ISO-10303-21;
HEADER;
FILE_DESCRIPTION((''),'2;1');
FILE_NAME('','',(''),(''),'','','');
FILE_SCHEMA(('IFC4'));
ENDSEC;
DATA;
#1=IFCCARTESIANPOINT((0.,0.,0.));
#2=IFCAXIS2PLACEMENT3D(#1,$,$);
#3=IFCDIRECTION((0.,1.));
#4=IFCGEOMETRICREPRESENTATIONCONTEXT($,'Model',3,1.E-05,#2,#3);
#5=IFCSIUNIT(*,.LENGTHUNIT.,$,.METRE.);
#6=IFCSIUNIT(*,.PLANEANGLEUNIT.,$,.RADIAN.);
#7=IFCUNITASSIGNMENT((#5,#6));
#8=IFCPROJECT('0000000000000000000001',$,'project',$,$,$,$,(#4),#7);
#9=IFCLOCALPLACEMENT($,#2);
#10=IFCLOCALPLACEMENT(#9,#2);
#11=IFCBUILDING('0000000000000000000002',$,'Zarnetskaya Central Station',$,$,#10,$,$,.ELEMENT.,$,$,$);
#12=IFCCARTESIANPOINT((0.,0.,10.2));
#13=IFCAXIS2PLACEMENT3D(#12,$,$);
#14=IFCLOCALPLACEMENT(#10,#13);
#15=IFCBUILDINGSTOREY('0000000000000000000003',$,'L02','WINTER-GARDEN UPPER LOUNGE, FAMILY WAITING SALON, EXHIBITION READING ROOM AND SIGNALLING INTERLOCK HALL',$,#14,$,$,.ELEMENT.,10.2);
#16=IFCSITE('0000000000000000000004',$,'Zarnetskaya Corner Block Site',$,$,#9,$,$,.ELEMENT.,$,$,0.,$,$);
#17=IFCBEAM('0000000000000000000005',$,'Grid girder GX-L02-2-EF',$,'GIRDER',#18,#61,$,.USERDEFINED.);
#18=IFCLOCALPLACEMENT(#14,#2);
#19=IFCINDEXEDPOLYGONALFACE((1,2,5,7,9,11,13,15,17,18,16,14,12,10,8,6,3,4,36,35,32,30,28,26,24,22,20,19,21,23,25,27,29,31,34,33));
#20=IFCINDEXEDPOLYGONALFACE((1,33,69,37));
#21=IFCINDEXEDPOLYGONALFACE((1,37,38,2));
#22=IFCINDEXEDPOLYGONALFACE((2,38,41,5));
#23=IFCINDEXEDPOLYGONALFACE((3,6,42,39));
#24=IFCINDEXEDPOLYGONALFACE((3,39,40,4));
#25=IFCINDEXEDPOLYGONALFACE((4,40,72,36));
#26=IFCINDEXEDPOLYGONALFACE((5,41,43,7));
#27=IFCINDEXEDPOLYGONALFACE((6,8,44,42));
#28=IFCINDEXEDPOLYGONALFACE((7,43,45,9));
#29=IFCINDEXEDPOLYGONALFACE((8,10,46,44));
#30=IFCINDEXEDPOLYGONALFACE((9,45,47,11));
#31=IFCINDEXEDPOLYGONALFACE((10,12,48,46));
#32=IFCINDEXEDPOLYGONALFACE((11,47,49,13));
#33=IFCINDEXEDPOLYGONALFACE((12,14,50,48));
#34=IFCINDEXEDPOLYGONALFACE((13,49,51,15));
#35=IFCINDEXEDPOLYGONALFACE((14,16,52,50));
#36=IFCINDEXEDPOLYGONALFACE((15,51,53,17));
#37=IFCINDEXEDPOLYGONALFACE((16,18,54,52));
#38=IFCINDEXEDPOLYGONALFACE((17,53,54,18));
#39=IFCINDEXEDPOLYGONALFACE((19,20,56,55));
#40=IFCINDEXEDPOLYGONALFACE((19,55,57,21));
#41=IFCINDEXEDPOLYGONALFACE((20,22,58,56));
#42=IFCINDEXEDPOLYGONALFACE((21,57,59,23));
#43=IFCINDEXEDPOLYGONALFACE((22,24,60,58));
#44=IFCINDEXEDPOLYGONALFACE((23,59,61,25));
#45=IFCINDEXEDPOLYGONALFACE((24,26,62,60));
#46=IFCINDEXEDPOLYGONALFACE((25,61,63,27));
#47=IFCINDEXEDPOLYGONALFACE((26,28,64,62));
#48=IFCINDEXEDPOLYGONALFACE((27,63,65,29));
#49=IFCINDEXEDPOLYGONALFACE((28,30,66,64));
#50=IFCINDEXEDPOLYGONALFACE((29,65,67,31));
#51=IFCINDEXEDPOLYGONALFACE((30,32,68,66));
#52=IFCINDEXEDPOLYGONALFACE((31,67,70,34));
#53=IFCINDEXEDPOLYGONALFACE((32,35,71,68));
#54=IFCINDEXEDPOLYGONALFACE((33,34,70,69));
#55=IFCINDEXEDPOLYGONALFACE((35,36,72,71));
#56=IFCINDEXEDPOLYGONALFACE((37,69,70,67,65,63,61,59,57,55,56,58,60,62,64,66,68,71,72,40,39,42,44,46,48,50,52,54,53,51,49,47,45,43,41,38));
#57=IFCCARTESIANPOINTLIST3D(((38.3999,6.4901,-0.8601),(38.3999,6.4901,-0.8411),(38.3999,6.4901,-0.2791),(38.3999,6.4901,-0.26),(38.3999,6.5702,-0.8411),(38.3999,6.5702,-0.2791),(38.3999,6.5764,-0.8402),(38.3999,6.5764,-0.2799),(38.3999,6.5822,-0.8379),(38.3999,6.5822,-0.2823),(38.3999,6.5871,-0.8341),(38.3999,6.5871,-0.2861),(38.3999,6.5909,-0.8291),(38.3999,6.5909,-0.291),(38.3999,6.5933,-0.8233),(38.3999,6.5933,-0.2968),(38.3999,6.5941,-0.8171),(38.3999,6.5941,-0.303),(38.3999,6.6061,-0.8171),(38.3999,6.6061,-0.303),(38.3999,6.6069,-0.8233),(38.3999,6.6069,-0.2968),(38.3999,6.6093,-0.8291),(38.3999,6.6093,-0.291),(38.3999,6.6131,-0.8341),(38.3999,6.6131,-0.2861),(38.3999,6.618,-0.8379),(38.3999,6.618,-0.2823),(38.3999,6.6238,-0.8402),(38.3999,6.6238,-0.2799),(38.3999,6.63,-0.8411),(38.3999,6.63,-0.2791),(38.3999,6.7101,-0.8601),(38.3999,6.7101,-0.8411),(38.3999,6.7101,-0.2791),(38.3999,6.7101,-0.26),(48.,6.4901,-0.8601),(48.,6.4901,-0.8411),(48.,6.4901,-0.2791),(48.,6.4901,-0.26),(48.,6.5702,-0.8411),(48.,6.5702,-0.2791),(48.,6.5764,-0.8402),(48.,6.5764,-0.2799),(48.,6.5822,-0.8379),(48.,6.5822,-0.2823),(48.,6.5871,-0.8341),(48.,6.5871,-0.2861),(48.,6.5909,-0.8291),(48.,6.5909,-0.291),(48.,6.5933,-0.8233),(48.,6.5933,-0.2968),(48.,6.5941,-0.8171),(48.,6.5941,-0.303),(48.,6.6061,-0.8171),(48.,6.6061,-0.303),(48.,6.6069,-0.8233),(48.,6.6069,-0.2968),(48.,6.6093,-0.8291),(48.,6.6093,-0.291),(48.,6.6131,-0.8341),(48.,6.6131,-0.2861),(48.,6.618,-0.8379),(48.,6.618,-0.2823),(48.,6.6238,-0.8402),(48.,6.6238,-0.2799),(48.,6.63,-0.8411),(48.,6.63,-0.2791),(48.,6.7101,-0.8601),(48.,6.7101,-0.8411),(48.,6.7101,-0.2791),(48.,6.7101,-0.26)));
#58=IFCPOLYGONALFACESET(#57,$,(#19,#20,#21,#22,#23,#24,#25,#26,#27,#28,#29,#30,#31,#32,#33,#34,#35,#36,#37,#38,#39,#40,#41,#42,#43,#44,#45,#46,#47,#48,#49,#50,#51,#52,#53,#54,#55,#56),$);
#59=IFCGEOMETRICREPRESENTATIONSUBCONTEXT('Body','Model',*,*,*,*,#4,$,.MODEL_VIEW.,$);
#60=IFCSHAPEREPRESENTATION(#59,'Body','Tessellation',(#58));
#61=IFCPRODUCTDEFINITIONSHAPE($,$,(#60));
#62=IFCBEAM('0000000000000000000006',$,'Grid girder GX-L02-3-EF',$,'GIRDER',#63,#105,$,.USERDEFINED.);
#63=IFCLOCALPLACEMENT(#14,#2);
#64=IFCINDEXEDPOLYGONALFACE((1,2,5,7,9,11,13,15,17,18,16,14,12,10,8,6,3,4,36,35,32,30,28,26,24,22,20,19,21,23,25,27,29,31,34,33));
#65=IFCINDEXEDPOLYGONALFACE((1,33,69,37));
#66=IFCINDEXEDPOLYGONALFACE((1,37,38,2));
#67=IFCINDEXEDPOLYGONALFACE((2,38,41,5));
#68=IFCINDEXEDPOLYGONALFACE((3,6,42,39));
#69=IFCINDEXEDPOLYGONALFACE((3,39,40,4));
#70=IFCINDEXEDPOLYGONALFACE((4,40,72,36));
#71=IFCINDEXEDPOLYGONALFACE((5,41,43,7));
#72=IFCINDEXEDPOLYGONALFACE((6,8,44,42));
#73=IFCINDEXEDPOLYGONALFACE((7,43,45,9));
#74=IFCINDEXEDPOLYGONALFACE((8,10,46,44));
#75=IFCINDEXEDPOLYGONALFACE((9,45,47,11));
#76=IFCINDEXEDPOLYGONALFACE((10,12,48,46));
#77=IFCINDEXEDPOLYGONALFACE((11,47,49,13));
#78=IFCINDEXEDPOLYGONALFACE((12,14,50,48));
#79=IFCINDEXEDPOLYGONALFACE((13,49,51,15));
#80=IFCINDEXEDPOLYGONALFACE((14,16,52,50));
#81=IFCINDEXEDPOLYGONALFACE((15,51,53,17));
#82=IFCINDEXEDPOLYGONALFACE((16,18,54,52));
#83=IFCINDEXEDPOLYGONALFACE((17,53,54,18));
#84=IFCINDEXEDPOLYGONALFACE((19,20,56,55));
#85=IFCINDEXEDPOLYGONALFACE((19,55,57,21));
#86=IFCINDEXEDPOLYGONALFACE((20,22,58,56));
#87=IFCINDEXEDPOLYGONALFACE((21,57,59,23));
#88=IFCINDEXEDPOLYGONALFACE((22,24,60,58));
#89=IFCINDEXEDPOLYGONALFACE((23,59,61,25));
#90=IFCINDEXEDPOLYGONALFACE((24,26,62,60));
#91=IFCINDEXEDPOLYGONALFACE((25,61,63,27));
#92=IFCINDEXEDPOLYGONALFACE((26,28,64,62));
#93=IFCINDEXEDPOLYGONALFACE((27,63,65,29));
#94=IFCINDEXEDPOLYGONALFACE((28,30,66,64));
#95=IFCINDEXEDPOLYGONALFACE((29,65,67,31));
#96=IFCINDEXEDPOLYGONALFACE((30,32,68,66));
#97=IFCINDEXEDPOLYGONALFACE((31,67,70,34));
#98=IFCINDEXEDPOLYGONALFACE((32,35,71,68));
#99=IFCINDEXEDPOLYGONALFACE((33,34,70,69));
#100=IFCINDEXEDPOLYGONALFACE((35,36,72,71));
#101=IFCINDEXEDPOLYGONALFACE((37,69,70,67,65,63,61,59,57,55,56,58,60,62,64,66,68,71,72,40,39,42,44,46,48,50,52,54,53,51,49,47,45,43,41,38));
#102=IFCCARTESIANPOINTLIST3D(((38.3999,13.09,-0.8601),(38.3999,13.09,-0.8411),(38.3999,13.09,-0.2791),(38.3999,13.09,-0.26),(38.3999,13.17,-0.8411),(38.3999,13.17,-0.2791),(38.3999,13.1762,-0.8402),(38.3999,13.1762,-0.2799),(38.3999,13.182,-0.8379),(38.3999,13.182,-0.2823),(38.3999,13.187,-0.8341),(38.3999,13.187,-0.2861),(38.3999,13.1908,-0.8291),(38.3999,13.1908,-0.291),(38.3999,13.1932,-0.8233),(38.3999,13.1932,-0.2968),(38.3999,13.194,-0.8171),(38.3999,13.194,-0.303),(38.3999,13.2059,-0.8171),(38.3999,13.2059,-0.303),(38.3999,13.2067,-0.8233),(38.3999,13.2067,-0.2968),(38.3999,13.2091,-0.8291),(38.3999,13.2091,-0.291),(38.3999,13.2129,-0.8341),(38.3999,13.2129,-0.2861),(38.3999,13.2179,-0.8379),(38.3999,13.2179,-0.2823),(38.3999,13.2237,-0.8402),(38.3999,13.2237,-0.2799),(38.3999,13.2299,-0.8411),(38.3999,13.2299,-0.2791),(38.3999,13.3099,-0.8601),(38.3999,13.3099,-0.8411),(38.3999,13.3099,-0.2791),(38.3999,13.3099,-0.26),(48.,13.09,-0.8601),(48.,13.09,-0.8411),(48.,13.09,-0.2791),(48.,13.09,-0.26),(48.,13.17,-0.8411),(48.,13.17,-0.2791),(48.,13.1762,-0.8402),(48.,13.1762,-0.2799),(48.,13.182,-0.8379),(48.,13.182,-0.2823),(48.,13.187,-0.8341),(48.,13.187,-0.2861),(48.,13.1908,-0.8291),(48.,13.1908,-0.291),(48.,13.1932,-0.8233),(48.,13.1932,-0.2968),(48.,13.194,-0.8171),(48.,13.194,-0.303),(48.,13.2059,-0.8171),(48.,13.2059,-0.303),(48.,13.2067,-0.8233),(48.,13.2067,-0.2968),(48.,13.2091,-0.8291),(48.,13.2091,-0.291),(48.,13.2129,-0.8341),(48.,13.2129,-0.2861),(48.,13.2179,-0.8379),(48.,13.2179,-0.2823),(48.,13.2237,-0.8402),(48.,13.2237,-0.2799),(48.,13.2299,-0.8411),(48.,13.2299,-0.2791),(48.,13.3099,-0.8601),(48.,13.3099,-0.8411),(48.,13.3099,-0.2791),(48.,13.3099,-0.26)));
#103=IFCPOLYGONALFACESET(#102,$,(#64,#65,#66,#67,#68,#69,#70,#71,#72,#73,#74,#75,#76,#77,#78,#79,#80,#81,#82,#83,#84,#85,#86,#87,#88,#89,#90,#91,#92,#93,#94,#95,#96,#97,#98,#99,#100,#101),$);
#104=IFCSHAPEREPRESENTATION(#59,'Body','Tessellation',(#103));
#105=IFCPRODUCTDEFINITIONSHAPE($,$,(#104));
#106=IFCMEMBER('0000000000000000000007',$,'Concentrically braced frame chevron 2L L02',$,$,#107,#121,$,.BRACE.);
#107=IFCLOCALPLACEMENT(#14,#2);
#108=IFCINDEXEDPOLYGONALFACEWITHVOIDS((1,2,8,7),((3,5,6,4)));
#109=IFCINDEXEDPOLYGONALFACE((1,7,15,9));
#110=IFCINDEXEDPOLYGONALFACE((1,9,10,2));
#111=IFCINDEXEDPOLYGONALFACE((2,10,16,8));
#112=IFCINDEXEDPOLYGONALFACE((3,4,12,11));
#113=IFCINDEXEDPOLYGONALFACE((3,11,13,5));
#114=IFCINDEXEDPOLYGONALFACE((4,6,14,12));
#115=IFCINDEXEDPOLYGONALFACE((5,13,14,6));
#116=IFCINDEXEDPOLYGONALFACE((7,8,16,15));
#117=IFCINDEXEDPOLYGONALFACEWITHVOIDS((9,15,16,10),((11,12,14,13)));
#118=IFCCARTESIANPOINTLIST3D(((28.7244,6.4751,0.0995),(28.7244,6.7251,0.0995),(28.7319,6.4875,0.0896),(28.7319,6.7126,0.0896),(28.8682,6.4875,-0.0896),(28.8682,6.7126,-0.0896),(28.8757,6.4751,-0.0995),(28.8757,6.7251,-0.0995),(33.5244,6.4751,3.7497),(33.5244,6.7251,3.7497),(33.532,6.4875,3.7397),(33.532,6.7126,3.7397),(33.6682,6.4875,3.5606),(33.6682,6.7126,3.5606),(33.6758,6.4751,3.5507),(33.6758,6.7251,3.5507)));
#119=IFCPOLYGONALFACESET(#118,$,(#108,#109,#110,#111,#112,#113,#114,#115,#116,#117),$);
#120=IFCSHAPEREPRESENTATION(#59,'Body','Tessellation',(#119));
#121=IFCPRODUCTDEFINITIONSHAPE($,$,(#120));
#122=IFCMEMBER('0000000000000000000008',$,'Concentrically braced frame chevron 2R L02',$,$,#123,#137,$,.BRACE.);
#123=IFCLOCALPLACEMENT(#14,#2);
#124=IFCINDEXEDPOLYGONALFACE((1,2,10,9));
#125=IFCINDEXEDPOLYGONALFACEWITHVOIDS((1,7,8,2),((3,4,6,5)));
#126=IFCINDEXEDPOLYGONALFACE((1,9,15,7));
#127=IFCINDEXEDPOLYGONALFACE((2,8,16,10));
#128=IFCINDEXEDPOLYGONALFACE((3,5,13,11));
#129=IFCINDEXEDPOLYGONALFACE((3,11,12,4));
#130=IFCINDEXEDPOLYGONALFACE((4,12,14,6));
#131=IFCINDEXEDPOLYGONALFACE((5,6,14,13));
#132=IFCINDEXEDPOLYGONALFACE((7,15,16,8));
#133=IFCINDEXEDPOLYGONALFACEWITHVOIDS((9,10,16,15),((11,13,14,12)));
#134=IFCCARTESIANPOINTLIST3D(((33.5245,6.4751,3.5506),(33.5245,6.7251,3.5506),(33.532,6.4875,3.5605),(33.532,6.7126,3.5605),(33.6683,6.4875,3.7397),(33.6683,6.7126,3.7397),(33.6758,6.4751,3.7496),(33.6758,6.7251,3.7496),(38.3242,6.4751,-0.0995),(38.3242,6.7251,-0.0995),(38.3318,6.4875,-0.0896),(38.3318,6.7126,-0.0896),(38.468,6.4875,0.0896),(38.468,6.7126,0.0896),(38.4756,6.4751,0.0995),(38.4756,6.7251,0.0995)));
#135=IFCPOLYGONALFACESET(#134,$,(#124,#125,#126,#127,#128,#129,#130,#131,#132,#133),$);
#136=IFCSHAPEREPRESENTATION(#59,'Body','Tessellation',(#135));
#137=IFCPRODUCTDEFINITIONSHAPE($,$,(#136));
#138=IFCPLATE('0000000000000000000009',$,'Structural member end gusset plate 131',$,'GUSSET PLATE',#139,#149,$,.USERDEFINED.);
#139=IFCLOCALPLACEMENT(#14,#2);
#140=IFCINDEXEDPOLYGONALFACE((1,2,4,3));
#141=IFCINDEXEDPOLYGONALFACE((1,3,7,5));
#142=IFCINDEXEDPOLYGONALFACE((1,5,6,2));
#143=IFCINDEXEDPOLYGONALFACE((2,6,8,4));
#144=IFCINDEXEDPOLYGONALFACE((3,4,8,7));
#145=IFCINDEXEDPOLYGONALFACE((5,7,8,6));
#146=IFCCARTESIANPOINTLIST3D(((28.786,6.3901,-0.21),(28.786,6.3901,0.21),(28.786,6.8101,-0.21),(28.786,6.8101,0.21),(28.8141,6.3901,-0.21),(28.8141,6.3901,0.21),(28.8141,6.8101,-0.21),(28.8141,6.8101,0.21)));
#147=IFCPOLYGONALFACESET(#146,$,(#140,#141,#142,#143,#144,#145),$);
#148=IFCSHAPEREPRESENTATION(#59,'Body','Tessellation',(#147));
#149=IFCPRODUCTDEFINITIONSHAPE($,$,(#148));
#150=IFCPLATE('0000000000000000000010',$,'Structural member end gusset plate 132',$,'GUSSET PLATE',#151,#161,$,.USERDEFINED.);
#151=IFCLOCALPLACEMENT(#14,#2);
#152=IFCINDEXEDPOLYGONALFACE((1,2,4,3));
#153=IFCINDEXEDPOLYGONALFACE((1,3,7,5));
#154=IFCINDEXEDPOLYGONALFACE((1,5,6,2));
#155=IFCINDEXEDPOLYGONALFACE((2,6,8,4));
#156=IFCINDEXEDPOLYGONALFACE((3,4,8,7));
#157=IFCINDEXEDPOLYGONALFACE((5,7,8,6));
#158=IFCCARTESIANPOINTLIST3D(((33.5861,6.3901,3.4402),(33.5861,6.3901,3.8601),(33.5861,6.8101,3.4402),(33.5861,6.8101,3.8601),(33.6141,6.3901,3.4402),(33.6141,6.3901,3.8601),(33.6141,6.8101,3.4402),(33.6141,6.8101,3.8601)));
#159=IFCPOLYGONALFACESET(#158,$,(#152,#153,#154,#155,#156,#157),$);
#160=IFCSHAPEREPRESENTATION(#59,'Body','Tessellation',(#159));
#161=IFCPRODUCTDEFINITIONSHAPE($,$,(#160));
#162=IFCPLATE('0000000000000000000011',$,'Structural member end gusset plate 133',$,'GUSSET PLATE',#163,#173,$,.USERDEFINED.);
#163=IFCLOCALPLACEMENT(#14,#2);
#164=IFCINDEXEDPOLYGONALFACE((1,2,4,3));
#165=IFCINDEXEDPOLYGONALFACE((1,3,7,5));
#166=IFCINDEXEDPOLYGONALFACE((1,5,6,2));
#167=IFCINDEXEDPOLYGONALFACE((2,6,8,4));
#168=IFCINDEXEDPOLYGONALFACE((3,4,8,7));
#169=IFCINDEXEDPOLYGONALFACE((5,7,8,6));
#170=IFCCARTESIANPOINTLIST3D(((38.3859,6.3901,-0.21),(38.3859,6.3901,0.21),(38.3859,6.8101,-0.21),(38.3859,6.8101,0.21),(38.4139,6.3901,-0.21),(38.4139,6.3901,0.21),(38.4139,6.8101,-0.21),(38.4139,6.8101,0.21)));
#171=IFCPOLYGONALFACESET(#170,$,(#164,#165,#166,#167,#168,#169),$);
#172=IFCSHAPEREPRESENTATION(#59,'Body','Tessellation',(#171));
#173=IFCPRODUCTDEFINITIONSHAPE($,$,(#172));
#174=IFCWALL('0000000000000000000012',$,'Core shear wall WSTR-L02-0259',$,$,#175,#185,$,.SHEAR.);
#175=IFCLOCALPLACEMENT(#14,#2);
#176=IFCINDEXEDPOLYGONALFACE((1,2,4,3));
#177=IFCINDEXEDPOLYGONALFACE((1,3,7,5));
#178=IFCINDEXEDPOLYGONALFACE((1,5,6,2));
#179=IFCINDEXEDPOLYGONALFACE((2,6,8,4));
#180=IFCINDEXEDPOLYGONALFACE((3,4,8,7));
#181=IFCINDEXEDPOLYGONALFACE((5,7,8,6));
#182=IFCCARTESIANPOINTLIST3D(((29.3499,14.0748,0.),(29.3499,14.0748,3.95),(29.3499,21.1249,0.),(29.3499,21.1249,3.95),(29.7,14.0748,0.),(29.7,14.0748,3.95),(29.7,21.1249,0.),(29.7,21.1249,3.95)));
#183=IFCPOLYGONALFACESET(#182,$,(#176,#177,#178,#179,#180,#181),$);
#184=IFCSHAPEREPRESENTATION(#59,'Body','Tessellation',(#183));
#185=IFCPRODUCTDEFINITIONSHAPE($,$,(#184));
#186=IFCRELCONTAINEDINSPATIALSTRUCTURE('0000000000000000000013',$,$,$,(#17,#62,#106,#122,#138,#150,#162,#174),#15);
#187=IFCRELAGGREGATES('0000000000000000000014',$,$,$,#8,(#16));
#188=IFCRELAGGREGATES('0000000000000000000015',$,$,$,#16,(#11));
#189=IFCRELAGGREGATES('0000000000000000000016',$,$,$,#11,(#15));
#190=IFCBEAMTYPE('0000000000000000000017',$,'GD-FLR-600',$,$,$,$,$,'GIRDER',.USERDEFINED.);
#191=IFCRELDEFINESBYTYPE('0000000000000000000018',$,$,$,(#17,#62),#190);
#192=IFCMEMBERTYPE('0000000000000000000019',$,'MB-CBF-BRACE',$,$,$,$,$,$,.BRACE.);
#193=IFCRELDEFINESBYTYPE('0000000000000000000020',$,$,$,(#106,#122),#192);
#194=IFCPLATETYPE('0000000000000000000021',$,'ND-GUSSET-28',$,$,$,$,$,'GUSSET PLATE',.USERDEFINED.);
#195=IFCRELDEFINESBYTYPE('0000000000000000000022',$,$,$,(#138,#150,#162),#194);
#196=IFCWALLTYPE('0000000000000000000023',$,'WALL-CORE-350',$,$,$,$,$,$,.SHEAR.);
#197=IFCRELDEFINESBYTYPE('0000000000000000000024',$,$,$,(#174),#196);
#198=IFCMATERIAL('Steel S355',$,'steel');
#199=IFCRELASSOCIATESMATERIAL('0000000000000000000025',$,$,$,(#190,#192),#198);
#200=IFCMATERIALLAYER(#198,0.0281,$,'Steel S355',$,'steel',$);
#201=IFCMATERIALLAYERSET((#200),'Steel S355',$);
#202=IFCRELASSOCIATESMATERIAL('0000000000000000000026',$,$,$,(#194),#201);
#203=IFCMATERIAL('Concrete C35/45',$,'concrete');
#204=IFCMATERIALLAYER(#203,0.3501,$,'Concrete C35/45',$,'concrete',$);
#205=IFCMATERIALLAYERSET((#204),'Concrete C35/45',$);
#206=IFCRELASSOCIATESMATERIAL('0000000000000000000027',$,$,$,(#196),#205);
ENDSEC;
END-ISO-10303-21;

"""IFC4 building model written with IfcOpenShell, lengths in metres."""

from ifc_helpers import new_model, si_unit, direction, frame, frame_2d, origin, origin_2d, place, context, subcontext, project, spatial, rectangle, hollow_rectangle, i_section, extrude, material, layer, layer_set, material_profile, profile_set, type_object, element, save


model = new_model("IFC4")

# Units and contexts
model_context = context("Model", 3, precision=1e-05, world=origin(), true_north=direction((0.0, 1.0)))
body_context = subcontext(model_context, "Body", "Model", "MODEL_VIEW")
ifc_project = project(units=[si_unit("LENGTHUNIT", "METRE"), si_unit("PLANEANGLEUNIT", "RADIAN")], contexts=[model_context])

# Site, building, storey
site_placement = place(None, origin())
site = spatial("IfcSite", under=ifc_project, at=site_placement, Name="Zarnetskaya Corner Block Site", CompositionType="ELEMENT", RefElevation=0.0)
building_placement = place(site_placement, origin())
building = spatial("IfcBuilding", under=site, at=building_placement, Name="Zarnetskaya Central Station", CompositionType="ELEMENT")
storey_placement = place(building_placement, frame((0.0, 0.0, 10.2)))
storey = spatial("IfcBuildingStorey", under=building, at=storey_placement, Name="L02", Description="WINTER-GARDEN UPPER LOUNGE, FAMILY WAITING SALON, EXHIBITION READING ROOM AND SIGNALLING INTERLOCK HALL", CompositionType="ELEMENT", Elevation=10.2)

# Shared definitions
ifc_material_1 = material(Name="Steel S355", Category="steel")

# Beams
ifc_material_profile_1 = material_profile(ifc_material_1, i_section(OverallWidth=0.22, OverallDepth=0.6001, WebThickness=0.012, FlangeThickness=0.019, FilletRadius=0.0239, at=origin_2d()), Name="IPE 600")
ifc_profile_set_1 = profile_set([ifc_material_profile_1], Name="Steel S355")
beam_type_1 = type_object("IfcBeamType", Name="GD-FLR-600", ElementType="GIRDER", PredefinedType="USERDEFINED", material=ifc_profile_set_1)
for number, where, z_axis, x_axis, name in (
    (1, (38.3999, 6.6001, -0.5601), (1.0, 0.0, 0.0), (0.0, 1.0, 0.0), "Grid girder GX-L02-2-EF"),
    (2, (38.3999, 13.2, -0.5601), (1.0, 0.0, 0.0), (0.0, 1.0, 0.0), "Grid girder GX-L02-3-EF"),
):
    element("IfcBeam", number, at=place(storey_placement, frame(where, z_axis=z_axis, x_axis=x_axis)), inside=storey, type_object=beam_type_1, Name=name, ObjectType="GIRDER", PredefinedType="USERDEFINED", context=body_context, shape_type="SweptSolid", body=[
        extrude(i_section(OverallWidth=0.22, OverallDepth=0.6001, WebThickness=0.012, FlangeThickness=0.019, FilletRadius=0.0239, at=origin_2d()), origin(), (0.0, 0.0, 1.0), 9.6001),
    ])

# Members
ifc_material_profile_2 = material_profile(ifc_material_1, hollow_rectangle(XDim=0.25, YDim=0.25, WallThickness=0.0125, at=origin_2d()), Name="SHS 250x250x12.5")
ifc_profile_set_2 = profile_set([ifc_material_profile_2], Name="Steel S355")
member_type = type_object("IfcMemberType", Name="MB-CBF-BRACE", PredefinedType="BRACE", material=ifc_profile_set_2)
member_1_placement = place(storey_placement, frame((28.8, 6.6001, 0.0), z_axis=(0.795994, 0.0, 0.605305), x_axis=(0.0, 1.0, 0.0)))
element("IfcMember", 3, at=member_1_placement, inside=storey, type_object=member_type, Name="Concentrically braced frame chevron 2L L02", PredefinedType="BRACE", context=body_context, shape_type="SweptSolid", body=[
    extrude(hollow_rectangle(XDim=0.25, YDim=0.25, WallThickness=0.0125, at=origin_2d()), origin(), (0.0, 0.0, 1.0), 6.0303),
])
member_2_placement = place(storey_placement, frame((38.3999, 6.6001, 0.0), z_axis=(-0.795979, 0.0, 0.605324), x_axis=(0.0, -1.0, 0.0)))
element("IfcMember", 4, at=member_2_placement, inside=storey, type_object=member_type, Name="Concentrically braced frame chevron 2R L02", PredefinedType="BRACE", context=body_context, shape_type="SweptSolid", body=[
    extrude(hollow_rectangle(XDim=0.25, YDim=0.25, WallThickness=0.0125, at=origin_2d()), origin(), (0.0, 0.0, 1.0), 6.03),
])

# Plates
ifc_layer_1 = layer(ifc_material_1, 0.0281, Name="Steel S355", Category="steel")
ifc_layer_set_1 = layer_set([ifc_layer_1], Name="Steel S355")
plate_type = type_object("IfcPlateType", Name="ND-GUSSET-28", ElementType="GUSSET PLATE", PredefinedType="USERDEFINED", material=ifc_layer_set_1)
for number, where, z_axis, x_axis, name in (
    (5, (28.8, 6.6001, -0.21), (0.0, 0.0, 1.0), (1.0, 0.0, 0.0), "Structural member end gusset plate 131"),
    (6, (33.6001, 6.6001, 3.4402), (0.0, 0.0, 1.0), (1.0, 0.0, 0.0), "Structural member end gusset plate 132"),
    (7, (38.3999, 6.6001, -0.21), (0.0, 0.0, 1.0), (1.0, 0.0, 0.0), "Structural member end gusset plate 133"),
):
    element("IfcPlate", number, at=place(storey_placement, frame(where, z_axis=z_axis, x_axis=x_axis)), inside=storey, type_object=plate_type, Name=name, ObjectType="GUSSET PLATE", PredefinedType="USERDEFINED", context=body_context, shape_type="SweptSolid", body=[
        extrude(rectangle(XDim=0.0281, YDim=0.4199, at=origin_2d()), origin(), (0.0, 0.0, 1.0), 0.4199),
    ])

# Shared definitions
ifc_material_2 = material(Name="Concrete C35/45", Category="concrete")
ifc_layer_2 = layer(ifc_material_2, 0.3501, Name="Concrete C35/45", Category="concrete")
ifc_layer_set_2 = layer_set([ifc_layer_2], Name="Concrete C35/45")
wall_type = type_object("IfcWallType", Name="WALL-CORE-350", PredefinedType="SHEAR", material=ifc_layer_set_2)

# Wall
wall_1_placement = place(storey_placement, frame((29.5249, 14.075, 0.0), z_axis=(0.0, 0.0, 1.0), x_axis=(0.0, 1.0, 0.0)))
element("IfcWall", 8, at=wall_1_placement, inside=storey, type_object=wall_type, Name="Core shear wall WSTR-L02-0259", PredefinedType="SHEAR", context=body_context, shape_type="SweptSolid", body=[
    extrude(rectangle(XDim=7.05, YDim=0.3501, at=frame_2d((3.5249, 0.0))), origin(), (0.0, 0.0, 1.0), 3.95),
])

save(model, "model.ifc")
